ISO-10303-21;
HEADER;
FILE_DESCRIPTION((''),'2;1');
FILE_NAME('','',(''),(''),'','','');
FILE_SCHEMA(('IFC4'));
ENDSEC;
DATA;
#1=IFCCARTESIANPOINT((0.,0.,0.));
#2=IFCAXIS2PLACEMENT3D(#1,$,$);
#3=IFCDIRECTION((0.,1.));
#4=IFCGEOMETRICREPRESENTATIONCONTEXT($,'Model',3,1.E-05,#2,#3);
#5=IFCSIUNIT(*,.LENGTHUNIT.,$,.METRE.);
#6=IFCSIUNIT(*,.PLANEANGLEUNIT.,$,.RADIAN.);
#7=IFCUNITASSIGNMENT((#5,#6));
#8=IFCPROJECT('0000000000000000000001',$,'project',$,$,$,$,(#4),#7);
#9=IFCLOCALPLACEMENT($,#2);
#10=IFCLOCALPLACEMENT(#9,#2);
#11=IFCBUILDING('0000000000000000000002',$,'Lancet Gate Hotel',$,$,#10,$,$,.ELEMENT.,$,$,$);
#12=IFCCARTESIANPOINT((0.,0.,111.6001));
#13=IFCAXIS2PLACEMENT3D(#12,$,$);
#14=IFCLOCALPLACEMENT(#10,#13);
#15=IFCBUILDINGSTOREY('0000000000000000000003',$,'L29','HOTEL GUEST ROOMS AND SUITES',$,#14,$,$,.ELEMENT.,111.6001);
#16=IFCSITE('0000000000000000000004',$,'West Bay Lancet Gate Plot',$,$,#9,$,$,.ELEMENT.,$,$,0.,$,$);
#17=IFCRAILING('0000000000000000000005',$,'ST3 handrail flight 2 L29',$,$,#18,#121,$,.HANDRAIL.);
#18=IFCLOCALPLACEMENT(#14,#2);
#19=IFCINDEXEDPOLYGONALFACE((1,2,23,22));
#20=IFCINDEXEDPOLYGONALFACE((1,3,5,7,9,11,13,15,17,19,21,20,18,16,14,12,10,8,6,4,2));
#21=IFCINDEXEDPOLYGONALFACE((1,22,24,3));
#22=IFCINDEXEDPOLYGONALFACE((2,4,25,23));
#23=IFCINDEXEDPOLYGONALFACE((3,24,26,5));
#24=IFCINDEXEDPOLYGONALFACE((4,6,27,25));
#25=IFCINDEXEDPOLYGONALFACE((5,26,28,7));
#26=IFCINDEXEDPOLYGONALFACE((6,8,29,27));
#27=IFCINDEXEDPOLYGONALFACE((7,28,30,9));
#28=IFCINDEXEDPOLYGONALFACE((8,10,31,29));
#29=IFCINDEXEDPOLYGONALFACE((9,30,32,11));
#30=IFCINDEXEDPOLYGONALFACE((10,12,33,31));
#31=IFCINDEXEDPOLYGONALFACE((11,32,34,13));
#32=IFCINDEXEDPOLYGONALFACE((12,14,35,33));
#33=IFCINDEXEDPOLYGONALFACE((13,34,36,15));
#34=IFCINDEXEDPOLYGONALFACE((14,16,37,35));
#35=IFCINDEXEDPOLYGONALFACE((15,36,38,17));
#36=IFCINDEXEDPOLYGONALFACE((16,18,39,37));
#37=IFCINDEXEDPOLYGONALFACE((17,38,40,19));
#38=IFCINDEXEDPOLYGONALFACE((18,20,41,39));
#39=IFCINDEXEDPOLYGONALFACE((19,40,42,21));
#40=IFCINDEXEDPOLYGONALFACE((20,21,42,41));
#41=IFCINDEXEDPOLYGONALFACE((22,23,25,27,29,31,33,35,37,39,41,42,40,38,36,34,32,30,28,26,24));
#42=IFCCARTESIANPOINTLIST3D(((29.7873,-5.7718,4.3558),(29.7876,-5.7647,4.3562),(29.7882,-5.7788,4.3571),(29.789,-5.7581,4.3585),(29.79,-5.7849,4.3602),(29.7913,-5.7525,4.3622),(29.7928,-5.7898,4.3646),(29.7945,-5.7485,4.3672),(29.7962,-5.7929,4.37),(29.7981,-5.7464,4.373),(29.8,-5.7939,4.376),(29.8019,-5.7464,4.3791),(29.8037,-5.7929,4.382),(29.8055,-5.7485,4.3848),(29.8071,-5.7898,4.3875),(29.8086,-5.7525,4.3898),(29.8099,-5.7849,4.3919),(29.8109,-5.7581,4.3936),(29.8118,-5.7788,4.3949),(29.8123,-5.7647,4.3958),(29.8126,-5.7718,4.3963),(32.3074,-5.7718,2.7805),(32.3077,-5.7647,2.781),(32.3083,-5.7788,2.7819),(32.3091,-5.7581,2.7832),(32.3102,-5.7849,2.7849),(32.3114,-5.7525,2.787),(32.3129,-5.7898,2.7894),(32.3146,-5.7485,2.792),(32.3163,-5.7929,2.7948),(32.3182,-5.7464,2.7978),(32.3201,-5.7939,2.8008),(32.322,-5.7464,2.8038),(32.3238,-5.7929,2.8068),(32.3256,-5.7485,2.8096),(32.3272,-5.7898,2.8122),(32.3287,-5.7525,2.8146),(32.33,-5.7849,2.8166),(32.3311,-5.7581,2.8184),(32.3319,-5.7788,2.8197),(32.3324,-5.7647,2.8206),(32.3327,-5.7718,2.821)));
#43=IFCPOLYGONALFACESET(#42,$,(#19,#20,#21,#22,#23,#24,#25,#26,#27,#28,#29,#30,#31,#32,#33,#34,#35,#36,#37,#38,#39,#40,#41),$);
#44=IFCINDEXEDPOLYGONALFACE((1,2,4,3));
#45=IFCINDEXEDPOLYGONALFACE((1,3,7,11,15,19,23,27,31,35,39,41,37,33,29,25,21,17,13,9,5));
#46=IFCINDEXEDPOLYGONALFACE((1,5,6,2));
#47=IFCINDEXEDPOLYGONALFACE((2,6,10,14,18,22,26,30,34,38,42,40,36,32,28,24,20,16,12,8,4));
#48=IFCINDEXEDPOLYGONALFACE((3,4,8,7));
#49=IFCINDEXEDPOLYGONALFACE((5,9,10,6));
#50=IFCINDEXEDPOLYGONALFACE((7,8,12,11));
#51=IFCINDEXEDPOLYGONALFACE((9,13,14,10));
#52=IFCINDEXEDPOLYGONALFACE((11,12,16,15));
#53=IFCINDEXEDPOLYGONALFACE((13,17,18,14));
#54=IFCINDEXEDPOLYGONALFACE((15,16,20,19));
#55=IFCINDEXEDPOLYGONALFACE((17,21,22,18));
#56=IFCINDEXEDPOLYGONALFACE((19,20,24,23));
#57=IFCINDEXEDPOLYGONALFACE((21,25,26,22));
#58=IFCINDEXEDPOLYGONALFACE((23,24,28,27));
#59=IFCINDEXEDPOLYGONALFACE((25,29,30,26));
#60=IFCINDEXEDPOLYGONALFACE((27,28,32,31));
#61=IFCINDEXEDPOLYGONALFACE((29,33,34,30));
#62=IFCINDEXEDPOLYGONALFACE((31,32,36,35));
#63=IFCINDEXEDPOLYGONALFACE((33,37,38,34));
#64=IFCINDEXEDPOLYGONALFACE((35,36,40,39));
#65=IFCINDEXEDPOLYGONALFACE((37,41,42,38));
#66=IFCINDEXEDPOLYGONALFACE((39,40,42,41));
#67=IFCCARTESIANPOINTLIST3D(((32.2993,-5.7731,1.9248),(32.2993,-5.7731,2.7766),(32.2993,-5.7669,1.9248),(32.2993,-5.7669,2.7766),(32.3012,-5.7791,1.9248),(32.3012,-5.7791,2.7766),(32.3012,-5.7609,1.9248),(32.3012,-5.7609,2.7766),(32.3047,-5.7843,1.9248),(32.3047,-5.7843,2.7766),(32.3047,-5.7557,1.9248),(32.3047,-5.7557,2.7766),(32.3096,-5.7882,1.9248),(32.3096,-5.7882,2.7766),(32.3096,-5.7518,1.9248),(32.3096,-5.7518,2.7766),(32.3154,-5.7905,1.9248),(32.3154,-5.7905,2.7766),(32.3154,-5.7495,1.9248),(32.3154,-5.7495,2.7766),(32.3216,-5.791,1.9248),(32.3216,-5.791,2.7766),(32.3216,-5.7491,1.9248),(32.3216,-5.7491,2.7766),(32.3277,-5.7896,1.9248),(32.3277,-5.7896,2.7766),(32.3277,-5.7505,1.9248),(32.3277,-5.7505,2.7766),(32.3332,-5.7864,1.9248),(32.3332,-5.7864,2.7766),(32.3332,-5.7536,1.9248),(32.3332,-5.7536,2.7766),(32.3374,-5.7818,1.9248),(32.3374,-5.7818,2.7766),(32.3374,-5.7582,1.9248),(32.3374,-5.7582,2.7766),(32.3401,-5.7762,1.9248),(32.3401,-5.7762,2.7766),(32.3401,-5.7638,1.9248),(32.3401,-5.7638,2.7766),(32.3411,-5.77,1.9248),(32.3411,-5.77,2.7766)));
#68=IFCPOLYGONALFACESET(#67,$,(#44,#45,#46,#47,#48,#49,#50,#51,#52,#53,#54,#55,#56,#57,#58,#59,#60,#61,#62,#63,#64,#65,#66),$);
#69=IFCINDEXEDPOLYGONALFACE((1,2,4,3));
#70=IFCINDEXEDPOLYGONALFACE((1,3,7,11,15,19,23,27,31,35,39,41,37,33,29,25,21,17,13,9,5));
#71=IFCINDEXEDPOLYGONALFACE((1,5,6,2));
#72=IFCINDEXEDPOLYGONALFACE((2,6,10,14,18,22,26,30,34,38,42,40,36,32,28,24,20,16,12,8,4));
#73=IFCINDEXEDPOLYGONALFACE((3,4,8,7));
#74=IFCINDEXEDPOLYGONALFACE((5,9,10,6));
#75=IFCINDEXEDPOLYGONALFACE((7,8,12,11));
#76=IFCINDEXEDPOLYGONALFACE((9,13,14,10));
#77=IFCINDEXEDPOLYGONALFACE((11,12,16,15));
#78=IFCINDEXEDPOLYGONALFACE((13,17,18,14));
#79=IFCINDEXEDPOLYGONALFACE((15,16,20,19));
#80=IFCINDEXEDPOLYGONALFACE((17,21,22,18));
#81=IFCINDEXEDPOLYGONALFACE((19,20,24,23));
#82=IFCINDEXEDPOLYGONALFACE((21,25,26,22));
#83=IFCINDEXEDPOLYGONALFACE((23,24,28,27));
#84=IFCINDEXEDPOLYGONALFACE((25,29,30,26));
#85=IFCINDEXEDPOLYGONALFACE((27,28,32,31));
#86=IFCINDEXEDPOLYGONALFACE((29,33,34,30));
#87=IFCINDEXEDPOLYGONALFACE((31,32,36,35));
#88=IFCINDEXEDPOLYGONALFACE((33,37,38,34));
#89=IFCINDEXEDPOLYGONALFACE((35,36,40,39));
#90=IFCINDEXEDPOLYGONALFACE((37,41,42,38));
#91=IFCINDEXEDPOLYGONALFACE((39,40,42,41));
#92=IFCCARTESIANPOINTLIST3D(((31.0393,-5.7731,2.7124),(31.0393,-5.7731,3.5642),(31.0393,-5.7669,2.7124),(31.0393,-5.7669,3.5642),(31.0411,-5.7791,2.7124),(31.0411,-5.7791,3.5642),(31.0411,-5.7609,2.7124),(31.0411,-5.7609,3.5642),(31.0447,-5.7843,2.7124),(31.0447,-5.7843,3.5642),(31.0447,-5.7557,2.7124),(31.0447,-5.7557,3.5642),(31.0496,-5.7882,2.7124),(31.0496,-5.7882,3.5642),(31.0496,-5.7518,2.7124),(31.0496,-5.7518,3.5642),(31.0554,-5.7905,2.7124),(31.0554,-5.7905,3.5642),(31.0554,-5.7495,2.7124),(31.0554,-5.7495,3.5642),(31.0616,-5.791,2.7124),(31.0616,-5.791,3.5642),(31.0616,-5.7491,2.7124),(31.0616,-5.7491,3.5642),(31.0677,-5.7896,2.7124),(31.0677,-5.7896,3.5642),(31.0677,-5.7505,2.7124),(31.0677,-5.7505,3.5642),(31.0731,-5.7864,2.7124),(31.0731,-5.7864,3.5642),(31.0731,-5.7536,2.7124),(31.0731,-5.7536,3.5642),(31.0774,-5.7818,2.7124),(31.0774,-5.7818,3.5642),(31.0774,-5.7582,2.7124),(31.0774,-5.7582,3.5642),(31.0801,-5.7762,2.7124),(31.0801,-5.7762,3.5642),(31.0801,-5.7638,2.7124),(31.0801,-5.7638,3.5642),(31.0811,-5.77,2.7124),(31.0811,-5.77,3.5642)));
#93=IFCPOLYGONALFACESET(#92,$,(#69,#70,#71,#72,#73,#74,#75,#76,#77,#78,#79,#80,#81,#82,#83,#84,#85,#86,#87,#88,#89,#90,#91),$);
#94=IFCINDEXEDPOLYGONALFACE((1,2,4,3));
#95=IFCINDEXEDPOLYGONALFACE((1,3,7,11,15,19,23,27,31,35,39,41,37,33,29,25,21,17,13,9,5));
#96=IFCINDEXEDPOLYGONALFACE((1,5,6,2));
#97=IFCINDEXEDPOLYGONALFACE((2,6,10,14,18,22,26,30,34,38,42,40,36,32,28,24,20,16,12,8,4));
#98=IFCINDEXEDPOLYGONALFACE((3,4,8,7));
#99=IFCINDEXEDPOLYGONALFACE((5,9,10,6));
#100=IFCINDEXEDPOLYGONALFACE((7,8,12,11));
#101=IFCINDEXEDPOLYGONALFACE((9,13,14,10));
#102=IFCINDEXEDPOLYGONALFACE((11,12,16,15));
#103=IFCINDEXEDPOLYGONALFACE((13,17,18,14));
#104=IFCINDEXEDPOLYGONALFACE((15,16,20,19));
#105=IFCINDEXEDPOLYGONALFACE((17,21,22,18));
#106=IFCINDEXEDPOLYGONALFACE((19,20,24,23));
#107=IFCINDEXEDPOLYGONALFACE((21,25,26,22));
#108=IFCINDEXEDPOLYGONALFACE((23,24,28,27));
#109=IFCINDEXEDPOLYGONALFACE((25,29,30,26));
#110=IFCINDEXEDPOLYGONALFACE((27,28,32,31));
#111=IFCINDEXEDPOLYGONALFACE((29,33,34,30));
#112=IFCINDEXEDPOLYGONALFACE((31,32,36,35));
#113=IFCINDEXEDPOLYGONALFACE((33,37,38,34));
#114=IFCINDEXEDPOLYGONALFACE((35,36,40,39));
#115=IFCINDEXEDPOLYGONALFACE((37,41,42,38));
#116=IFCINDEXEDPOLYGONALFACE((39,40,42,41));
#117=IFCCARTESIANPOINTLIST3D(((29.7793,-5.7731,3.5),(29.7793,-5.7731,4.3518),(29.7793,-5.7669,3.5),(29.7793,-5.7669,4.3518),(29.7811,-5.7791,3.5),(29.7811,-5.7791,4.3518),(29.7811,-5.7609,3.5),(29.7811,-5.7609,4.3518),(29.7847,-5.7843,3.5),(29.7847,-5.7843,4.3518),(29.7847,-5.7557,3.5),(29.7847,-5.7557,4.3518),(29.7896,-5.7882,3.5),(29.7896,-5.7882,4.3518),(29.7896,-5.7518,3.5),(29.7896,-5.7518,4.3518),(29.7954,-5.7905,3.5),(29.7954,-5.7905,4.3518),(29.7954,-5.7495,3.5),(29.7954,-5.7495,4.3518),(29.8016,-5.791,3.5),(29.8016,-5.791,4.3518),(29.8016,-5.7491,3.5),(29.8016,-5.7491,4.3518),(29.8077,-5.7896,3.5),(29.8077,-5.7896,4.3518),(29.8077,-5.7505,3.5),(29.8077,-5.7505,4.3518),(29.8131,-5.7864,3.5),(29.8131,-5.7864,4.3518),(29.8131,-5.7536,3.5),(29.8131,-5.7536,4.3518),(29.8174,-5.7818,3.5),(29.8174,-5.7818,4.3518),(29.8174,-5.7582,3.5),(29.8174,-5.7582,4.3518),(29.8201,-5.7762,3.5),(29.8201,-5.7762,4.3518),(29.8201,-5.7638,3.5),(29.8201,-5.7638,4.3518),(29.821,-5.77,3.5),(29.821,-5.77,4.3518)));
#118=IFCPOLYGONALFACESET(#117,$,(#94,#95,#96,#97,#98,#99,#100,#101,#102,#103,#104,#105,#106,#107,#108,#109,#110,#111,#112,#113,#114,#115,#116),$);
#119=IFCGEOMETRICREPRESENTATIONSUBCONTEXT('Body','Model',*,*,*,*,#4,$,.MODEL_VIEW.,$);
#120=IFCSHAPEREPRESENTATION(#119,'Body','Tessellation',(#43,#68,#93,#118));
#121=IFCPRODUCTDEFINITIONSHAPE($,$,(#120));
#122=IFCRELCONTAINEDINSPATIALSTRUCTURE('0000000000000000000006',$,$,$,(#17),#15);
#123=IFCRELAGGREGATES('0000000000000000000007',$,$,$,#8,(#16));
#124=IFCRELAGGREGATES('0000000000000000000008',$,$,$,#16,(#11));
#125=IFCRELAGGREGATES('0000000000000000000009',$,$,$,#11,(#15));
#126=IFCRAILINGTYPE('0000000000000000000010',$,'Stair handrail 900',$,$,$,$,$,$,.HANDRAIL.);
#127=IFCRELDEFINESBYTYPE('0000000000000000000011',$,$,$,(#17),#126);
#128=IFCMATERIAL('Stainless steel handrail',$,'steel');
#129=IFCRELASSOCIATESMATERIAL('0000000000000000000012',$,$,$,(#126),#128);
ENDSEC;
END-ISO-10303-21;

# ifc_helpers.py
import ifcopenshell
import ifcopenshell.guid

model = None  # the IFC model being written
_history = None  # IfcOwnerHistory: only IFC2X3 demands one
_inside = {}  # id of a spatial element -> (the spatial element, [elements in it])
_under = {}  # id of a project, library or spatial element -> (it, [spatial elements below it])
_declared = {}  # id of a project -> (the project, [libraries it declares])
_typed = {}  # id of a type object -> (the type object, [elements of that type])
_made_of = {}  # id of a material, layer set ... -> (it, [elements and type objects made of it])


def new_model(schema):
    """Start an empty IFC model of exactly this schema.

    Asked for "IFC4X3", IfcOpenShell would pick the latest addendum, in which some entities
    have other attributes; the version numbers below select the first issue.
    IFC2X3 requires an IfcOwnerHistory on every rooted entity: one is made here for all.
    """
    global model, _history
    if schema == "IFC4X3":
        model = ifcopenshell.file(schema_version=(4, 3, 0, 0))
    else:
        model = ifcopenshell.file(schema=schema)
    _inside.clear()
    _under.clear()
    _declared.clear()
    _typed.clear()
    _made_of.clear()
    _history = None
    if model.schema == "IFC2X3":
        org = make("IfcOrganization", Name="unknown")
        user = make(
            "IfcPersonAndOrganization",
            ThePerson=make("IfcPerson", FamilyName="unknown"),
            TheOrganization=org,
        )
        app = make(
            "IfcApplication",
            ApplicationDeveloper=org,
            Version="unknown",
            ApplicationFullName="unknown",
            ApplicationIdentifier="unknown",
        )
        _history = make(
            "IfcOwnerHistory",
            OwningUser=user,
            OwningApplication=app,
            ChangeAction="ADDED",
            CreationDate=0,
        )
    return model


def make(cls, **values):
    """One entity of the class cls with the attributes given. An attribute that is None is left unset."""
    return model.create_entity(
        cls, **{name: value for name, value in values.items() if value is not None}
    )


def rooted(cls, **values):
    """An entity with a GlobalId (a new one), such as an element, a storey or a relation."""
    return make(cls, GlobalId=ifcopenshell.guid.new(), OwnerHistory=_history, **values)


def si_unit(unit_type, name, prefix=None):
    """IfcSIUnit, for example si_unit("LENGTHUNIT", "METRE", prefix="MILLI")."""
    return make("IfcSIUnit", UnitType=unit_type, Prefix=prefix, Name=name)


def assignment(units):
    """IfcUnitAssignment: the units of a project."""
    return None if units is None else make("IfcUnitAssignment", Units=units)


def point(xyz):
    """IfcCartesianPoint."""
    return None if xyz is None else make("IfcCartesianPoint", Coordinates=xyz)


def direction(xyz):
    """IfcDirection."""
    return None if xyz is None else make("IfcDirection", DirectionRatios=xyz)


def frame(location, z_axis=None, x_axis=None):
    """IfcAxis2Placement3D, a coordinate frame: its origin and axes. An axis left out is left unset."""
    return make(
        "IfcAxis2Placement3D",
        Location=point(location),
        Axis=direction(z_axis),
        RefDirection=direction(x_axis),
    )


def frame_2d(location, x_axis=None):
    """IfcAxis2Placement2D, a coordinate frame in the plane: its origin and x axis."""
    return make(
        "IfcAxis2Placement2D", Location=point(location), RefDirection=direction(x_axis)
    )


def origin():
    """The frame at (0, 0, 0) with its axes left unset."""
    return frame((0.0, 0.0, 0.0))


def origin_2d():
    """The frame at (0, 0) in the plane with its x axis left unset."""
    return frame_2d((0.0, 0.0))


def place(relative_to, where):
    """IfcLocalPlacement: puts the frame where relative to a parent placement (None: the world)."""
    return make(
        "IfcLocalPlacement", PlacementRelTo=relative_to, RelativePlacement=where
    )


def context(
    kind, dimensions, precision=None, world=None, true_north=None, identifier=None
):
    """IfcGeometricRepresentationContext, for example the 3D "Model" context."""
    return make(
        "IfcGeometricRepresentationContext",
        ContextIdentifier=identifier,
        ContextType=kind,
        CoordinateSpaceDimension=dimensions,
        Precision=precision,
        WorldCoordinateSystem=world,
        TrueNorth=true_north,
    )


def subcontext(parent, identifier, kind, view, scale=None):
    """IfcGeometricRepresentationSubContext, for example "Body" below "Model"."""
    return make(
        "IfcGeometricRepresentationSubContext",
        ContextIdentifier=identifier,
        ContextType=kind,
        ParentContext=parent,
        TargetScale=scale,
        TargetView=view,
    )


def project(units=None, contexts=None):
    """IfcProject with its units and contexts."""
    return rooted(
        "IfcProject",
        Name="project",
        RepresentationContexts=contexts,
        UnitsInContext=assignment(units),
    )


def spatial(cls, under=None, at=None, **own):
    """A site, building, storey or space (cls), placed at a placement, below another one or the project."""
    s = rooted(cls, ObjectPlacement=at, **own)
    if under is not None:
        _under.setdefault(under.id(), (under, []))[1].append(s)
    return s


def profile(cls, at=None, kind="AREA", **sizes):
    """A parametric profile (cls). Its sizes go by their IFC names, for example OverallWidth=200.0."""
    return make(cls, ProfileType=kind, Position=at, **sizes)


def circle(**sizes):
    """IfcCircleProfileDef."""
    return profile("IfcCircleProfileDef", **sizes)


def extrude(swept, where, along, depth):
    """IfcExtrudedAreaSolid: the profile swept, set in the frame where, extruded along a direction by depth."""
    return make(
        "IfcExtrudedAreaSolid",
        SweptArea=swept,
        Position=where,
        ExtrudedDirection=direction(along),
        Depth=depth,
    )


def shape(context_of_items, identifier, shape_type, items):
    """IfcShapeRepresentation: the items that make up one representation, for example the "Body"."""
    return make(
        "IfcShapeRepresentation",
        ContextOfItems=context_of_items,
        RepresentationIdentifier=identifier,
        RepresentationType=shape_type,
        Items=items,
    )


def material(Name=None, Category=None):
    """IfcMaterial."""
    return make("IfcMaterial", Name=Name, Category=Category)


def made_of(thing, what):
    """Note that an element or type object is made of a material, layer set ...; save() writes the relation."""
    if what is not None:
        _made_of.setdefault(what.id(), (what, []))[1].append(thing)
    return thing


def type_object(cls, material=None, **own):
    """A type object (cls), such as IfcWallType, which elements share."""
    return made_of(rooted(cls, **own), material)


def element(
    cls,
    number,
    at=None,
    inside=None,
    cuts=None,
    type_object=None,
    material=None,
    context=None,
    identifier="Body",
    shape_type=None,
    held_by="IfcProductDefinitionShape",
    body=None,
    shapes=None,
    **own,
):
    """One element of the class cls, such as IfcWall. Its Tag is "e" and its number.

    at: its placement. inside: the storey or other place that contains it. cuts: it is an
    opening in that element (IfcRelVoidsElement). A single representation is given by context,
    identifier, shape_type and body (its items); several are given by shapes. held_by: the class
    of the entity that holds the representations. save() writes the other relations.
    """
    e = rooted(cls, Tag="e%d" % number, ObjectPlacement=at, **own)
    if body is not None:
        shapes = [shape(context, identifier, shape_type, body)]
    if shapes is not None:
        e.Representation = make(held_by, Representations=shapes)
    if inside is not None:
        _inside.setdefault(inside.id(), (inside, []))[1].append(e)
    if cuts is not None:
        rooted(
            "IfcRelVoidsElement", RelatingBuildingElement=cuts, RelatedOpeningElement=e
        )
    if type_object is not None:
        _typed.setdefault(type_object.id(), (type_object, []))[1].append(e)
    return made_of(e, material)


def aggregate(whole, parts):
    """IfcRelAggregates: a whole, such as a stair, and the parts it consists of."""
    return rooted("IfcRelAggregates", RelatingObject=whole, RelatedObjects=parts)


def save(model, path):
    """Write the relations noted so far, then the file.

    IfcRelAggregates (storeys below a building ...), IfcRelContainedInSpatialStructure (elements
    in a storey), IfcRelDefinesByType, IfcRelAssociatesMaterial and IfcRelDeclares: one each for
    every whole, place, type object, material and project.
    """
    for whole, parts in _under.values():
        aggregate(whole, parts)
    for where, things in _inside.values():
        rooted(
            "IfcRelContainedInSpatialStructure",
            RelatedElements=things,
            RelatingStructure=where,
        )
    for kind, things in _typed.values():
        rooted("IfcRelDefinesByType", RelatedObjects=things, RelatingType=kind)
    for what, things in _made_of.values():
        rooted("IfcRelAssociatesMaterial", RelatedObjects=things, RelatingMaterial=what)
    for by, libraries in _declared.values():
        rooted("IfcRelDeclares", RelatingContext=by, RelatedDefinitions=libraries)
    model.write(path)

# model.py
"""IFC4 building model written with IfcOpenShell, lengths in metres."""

from ifc_helpers import new_model, si_unit, direction, frame, origin, origin_2d, place, context, subcontext, project, spatial, circle, extrude, material, type_object, element, save


model = new_model("IFC4")

# Units and contexts
model_context = context("Model", 3, precision=1e-05, world=origin(), true_north=direction((0.0, 1.0)))
body_context = subcontext(model_context, "Body", "Model", "MODEL_VIEW")
ifc_project = project(units=[si_unit("LENGTHUNIT", "METRE"), si_unit("PLANEANGLEUNIT", "RADIAN")], contexts=[model_context])

# Site, building, storey
site_placement = place(None, origin())
site = spatial("IfcSite", under=ifc_project, at=site_placement, Name="West Bay Lancet Gate Plot", CompositionType="ELEMENT", RefElevation=0.0)
building_placement = place(site_placement, origin())
building = spatial("IfcBuilding", under=site, at=building_placement, Name="Lancet Gate Hotel", CompositionType="ELEMENT")
storey_placement = place(building_placement, frame((0.0, 0.0, 111.6001)))
storey = spatial("IfcBuildingStorey", under=building, at=storey_placement, Name="L29", Description="HOTEL GUEST ROOMS AND SUITES", CompositionType="ELEMENT", Elevation=111.6001)

# Railing
ifc_material_1 = material(Name="Stainless steel handrail", Category="steel")
railing_type = type_object("IfcRailingType", Name="Stair handrail 900", PredefinedType="HANDRAIL", material=ifc_material_1)
railing_1_placement = place(storey_placement, frame((32.3201, -5.77, 1.9248)))
element("IfcRailing", 1, at=railing_1_placement, inside=storey, type_object=railing_type, Name="ST3 handrail flight 2 L29", PredefinedType="HANDRAIL", context=body_context, shape_type="SweptSolid", body=[
    extrude(circle(Radius=0.0239, at=origin_2d()), frame((0.0, 0.0, 0.876), z_axis=(-0.847971, 0.0, 0.530043), x_axis=(0.0, -1.0, 0.0)), (0.0, 0.0, 1.0), 2.9719),
    extrude(circle(Radius=0.021, at=origin_2d()), origin(), (0.0, 0.0, 1.0), 0.8518),
    extrude(circle(Radius=0.021, at=origin_2d()), frame((-1.26, 0.0, 0.7876)), (0.0, 0.0, 1.0), 0.8518),
    extrude(circle(Radius=0.021, at=origin_2d()), frame((-2.52, 0.0, 1.5752)), (0.0, 0.0, 1.0), 0.8518),
])

save(model, "model.ifc")
